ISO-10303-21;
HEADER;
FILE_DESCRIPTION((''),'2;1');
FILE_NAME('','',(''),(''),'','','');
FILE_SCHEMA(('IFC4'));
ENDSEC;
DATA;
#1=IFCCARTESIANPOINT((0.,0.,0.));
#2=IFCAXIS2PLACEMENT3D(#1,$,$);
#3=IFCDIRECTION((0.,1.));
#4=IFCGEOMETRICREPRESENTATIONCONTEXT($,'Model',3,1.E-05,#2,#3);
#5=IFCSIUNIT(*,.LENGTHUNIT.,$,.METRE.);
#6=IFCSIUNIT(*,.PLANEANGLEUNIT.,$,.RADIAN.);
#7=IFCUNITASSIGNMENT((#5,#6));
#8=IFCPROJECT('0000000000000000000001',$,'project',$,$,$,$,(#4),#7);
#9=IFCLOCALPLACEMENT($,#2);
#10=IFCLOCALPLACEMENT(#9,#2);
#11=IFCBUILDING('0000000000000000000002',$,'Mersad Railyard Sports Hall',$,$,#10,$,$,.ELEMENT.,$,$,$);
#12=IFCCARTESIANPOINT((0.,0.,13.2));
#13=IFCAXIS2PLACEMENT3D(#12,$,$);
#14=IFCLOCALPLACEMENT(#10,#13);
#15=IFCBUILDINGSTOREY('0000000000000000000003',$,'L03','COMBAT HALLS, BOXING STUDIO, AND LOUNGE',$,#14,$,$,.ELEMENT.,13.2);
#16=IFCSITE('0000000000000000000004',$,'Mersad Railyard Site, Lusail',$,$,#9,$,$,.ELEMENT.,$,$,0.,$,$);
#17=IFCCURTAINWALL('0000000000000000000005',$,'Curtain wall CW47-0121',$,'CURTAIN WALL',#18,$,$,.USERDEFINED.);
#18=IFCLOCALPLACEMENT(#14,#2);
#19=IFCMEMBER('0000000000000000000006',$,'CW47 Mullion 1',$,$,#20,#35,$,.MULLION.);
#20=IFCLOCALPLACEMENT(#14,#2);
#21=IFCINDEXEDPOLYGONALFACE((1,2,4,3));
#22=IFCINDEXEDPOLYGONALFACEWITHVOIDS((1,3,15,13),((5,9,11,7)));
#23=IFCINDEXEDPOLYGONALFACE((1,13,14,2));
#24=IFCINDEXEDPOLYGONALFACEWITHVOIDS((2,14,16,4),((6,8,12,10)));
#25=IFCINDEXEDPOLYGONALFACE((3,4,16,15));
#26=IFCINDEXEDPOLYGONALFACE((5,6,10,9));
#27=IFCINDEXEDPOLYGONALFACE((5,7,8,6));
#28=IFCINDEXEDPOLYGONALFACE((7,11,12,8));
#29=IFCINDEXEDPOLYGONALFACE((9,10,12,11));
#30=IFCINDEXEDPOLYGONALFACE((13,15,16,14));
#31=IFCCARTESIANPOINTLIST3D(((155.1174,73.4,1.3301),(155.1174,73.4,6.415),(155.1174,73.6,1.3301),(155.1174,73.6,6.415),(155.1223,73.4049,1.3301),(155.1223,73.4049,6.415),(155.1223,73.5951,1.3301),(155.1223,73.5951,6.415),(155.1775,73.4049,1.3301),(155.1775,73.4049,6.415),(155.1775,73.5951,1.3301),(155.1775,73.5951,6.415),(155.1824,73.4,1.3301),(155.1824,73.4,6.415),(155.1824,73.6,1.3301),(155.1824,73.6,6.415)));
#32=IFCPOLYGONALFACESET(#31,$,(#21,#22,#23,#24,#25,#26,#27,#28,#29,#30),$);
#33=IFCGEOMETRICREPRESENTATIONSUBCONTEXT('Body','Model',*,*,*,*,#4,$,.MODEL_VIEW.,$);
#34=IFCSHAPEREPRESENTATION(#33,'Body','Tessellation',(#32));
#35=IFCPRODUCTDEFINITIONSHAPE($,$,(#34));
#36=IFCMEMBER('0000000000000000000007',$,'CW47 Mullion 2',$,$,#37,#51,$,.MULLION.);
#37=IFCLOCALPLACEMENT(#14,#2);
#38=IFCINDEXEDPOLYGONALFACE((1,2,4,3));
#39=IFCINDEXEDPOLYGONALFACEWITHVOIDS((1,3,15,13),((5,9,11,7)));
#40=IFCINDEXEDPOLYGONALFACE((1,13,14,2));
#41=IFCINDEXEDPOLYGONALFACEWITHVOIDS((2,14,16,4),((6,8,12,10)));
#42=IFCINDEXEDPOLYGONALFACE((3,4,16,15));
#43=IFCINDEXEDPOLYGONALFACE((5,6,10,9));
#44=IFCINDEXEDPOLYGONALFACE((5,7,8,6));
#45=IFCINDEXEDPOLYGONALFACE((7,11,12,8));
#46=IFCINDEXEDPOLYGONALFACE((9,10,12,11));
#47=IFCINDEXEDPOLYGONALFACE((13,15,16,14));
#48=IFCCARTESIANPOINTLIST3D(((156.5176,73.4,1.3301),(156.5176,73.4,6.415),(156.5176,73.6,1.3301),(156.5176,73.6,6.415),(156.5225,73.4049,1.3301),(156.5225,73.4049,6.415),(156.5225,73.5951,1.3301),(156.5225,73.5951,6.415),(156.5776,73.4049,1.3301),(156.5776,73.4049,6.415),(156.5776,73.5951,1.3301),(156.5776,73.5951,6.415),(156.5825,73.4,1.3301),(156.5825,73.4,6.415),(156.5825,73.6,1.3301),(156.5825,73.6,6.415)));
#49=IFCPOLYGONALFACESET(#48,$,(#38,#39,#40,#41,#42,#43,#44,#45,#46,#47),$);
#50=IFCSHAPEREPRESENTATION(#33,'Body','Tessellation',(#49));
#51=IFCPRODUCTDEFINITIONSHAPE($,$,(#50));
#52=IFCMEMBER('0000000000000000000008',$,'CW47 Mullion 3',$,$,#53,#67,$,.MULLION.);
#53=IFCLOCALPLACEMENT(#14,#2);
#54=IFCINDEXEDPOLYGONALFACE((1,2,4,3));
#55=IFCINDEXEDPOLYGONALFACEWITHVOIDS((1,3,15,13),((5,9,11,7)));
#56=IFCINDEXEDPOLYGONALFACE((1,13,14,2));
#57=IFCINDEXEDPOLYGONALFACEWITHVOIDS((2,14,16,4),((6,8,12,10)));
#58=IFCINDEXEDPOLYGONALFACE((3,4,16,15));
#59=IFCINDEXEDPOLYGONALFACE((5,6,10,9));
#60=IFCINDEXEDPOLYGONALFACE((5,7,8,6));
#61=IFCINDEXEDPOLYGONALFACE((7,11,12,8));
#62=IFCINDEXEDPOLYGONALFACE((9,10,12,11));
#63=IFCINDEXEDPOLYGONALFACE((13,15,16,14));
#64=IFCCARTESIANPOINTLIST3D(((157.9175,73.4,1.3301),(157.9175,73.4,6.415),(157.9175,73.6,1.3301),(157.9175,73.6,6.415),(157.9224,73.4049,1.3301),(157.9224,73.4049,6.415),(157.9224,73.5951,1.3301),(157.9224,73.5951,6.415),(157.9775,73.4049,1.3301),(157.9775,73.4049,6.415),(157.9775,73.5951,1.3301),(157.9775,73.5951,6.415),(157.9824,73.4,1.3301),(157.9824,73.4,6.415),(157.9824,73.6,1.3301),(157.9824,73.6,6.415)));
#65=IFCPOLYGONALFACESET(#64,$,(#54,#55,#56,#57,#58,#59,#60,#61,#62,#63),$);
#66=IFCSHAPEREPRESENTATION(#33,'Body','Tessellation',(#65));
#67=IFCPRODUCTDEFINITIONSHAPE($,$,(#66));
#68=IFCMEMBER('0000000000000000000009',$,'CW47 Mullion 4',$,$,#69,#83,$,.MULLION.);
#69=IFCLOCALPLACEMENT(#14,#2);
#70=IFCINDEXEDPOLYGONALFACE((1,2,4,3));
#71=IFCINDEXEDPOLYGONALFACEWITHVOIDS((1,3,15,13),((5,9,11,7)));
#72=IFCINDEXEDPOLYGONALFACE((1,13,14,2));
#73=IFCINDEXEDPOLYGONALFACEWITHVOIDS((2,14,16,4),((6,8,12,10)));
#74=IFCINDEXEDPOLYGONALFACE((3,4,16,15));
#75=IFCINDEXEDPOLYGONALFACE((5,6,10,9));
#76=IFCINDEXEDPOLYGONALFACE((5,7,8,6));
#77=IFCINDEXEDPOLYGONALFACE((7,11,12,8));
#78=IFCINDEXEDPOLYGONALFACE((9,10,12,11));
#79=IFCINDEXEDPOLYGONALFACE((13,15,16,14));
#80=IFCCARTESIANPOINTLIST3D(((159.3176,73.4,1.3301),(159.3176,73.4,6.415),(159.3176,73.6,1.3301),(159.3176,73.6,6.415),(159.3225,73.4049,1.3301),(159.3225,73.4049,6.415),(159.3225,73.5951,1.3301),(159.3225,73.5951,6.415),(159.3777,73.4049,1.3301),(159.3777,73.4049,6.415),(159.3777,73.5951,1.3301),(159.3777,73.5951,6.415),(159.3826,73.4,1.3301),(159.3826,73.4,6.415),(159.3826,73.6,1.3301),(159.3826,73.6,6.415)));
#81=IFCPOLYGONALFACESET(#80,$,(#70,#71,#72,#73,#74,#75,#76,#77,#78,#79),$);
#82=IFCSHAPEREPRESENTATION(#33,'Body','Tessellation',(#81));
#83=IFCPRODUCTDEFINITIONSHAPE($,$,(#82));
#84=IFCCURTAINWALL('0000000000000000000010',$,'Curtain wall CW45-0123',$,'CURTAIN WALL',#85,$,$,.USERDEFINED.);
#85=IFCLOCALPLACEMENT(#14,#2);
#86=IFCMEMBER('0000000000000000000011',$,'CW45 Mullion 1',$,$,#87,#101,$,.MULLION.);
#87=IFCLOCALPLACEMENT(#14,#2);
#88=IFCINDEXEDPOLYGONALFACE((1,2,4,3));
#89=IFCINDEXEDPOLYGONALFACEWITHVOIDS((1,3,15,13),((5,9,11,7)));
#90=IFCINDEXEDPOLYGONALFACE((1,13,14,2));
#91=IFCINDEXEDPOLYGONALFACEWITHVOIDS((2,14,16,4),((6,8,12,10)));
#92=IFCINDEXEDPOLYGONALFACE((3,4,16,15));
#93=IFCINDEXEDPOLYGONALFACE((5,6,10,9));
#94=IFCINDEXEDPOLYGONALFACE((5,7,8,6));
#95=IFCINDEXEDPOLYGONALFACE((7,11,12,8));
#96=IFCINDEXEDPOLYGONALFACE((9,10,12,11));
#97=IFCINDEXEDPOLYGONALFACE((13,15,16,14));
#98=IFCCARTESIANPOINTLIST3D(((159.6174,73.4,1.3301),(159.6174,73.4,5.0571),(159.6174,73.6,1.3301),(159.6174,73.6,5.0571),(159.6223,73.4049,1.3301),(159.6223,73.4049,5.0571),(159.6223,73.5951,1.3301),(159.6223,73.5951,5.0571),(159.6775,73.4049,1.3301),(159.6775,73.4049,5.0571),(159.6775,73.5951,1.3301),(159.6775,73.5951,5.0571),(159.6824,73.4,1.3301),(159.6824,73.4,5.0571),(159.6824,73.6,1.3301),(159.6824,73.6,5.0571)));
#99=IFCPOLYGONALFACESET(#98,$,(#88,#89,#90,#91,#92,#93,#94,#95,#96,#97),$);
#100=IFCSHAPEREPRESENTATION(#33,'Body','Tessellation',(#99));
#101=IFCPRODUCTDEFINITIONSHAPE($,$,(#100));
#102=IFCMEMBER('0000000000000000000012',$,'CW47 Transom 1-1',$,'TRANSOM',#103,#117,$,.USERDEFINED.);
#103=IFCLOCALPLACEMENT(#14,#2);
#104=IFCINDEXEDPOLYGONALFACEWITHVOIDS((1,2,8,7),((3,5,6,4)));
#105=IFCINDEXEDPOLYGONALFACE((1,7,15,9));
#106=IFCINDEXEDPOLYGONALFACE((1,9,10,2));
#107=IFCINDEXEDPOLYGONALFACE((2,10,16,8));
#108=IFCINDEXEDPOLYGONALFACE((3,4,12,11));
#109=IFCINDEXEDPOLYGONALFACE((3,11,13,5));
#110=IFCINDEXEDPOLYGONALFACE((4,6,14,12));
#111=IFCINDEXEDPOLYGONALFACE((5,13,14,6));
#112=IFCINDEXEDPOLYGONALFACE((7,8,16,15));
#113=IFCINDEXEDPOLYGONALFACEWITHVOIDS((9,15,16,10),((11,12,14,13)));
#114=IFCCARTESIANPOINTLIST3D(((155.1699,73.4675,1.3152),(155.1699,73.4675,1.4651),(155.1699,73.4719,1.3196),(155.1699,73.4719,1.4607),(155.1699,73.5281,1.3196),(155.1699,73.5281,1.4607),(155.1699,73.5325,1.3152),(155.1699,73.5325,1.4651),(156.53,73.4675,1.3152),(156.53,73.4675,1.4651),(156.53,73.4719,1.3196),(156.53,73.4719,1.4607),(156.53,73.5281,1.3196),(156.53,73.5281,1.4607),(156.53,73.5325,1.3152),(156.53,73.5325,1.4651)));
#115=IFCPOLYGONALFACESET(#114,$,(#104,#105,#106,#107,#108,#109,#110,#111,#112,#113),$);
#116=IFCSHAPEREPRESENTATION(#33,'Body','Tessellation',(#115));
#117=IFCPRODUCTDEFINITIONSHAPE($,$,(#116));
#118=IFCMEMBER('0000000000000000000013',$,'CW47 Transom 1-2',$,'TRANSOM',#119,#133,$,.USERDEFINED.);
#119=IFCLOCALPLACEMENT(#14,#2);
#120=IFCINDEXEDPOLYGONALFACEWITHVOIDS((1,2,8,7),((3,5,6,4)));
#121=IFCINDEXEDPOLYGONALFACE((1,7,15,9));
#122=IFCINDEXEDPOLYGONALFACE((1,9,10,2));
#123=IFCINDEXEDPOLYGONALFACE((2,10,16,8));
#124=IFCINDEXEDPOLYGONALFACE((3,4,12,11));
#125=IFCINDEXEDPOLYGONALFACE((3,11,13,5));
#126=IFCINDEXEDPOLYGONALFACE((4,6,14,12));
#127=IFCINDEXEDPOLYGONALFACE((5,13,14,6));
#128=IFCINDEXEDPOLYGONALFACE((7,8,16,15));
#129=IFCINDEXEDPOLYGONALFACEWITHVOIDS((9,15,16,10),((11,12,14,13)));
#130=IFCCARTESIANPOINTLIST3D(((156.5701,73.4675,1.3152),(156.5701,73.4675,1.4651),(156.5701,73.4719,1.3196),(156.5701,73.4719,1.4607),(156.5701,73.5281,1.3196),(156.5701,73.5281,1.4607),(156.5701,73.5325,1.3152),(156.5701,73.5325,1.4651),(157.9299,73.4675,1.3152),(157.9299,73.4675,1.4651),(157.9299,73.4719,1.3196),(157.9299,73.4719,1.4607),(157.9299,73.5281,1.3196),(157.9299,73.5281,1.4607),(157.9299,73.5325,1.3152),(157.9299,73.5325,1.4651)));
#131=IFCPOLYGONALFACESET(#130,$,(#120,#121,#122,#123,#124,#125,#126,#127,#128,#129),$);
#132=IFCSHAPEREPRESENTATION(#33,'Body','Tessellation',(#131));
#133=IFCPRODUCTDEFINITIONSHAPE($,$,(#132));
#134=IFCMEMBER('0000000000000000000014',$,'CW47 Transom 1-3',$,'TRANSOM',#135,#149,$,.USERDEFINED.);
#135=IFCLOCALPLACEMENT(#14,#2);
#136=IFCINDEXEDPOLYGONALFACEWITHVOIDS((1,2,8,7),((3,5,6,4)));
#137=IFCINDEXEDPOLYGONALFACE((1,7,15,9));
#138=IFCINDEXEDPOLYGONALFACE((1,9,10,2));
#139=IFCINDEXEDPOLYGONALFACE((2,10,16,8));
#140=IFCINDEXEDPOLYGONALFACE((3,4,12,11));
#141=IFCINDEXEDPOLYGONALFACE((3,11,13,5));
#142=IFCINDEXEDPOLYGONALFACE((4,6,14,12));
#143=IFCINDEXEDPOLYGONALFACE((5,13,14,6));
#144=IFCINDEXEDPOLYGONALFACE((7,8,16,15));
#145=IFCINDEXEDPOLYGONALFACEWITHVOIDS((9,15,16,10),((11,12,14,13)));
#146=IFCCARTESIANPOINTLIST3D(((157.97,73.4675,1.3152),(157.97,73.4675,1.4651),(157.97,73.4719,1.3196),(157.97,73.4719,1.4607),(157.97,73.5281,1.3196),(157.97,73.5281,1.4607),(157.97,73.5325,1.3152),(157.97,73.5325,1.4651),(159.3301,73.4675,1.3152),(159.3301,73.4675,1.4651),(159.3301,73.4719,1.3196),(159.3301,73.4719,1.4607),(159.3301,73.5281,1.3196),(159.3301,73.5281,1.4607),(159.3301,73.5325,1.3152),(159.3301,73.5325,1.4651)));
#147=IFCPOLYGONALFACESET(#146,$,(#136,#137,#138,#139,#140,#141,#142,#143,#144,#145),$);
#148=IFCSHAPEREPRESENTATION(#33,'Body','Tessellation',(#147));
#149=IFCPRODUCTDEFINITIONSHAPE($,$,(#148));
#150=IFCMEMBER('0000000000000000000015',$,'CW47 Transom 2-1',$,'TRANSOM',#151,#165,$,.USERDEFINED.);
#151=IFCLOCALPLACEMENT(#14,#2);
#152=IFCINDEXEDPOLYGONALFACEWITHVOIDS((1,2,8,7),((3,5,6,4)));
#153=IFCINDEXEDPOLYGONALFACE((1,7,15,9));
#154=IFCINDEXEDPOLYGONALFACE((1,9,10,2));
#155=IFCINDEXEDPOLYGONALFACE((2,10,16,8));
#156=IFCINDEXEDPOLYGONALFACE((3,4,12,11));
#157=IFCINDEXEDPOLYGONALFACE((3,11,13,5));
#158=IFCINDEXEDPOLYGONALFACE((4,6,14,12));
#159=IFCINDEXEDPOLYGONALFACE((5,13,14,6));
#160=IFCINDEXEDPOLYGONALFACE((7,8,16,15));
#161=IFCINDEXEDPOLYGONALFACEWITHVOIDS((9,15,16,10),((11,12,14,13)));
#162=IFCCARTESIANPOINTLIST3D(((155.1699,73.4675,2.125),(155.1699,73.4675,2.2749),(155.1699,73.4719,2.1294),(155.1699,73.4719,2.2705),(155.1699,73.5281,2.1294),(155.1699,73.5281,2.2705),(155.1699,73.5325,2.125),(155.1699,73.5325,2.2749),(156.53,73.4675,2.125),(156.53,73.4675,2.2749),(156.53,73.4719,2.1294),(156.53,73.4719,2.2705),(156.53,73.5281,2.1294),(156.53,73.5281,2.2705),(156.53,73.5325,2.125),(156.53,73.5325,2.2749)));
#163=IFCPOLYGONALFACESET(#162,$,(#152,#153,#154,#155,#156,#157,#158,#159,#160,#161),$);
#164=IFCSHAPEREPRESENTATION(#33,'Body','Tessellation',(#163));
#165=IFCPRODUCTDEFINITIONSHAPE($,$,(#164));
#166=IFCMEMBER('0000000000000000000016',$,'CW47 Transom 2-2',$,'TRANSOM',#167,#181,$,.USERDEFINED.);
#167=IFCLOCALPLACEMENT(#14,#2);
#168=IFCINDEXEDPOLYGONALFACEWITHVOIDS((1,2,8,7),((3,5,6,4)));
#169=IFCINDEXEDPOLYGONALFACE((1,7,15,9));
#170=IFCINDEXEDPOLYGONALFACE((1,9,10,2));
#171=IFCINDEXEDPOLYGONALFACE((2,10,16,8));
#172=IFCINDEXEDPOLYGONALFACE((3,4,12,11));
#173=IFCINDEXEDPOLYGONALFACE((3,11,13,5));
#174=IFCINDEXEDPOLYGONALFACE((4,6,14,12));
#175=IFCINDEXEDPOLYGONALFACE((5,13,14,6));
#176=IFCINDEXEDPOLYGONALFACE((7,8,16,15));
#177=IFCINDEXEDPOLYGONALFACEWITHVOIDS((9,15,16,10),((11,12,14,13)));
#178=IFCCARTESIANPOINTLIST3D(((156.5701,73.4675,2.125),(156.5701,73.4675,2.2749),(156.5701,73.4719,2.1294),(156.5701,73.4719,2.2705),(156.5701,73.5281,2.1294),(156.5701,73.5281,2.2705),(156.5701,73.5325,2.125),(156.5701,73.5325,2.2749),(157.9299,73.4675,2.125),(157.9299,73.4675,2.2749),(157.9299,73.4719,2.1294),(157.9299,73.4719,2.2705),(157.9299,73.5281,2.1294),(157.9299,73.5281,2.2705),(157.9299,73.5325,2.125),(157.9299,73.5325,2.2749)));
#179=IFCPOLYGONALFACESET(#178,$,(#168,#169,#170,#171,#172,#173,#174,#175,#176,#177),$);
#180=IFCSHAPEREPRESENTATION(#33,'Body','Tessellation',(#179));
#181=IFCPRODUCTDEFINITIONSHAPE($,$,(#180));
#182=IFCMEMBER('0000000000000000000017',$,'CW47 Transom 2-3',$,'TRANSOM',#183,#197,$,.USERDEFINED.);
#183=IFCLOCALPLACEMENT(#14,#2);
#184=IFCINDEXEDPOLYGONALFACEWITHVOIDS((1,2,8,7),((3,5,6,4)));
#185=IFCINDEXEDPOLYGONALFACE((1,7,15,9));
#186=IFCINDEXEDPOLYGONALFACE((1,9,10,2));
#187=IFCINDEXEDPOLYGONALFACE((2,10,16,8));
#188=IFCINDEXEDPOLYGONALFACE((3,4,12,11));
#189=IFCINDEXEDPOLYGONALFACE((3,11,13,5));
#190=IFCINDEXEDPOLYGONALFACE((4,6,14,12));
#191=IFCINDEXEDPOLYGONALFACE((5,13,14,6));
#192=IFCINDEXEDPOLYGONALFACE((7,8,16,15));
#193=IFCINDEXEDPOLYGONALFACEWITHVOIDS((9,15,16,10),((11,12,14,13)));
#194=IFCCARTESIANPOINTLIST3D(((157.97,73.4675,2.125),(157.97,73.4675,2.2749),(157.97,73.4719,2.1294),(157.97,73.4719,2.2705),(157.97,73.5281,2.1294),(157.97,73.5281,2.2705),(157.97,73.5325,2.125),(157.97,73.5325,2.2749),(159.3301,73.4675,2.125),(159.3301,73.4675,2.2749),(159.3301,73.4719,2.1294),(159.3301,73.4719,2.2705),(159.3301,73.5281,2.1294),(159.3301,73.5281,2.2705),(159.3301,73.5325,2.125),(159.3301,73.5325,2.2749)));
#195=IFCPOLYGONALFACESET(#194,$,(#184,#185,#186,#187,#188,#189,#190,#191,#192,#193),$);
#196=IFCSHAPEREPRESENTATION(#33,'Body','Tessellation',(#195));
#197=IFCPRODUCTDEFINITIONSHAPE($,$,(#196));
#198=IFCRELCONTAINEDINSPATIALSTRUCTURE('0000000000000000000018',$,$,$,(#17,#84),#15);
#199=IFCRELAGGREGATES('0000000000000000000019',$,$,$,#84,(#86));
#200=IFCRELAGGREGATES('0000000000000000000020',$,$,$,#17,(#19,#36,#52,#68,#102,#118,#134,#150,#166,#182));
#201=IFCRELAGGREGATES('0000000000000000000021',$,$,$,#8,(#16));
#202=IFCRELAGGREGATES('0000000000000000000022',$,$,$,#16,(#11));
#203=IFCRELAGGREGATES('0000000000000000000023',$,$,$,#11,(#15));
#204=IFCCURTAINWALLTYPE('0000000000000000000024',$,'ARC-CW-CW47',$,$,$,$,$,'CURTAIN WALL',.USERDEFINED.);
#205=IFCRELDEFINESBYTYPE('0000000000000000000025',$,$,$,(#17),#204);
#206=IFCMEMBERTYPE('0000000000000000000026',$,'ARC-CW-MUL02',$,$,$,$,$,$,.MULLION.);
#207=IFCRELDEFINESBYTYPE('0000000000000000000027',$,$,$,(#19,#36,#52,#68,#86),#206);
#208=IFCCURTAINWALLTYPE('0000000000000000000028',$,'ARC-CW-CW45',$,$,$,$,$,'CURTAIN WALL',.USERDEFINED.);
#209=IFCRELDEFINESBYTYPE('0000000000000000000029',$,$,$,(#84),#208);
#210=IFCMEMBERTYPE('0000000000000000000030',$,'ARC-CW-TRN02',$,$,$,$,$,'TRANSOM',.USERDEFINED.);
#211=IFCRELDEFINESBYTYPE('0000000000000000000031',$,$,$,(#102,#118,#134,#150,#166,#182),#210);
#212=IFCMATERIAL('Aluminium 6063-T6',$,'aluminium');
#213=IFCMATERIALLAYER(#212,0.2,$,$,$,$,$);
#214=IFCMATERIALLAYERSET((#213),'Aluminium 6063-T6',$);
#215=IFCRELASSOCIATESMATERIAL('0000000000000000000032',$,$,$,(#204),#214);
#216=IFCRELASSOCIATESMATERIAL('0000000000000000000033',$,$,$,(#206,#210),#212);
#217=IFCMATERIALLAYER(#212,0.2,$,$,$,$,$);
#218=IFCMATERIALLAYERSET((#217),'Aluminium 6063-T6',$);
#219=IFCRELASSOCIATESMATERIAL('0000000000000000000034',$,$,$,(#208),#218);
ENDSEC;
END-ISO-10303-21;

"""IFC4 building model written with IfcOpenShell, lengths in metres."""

from ifc_helpers import new_model, si_unit, direction, frame, origin, origin_2d, place, context, subcontext, project, spatial, hollow_rectangle, extrude, material, layer, layer_set, material_profile, profile_set, type_object, element, aggregate, save


model = new_model("IFC4")

# Units and contexts
model_context = context("Model", 3, precision=1e-05, world=origin(), true_north=direction((0.0, 1.0)))
body_context = subcontext(model_context, "Body", "Model", "MODEL_VIEW")
ifc_project = project(units=[si_unit("LENGTHUNIT", "METRE"), si_unit("PLANEANGLEUNIT", "RADIAN")], contexts=[model_context])

# Site, building, storey
site_placement = place(None, origin())
site = spatial("IfcSite", under=ifc_project, at=site_placement, Name="Mersad Railyard Site, Lusail", CompositionType="ELEMENT", RefElevation=0.0)
building_placement = place(site_placement, origin())
building = spatial("IfcBuilding", under=site, at=building_placement, Name="Mersad Railyard Sports Hall", CompositionType="ELEMENT")
storey_placement = place(building_placement, frame((0.0, 0.0, 13.2)))
storey = spatial("IfcBuildingStorey", under=building, at=storey_placement, Name="L03", Description="COMBAT HALLS, BOXING STUDIO, AND LOUNGE", CompositionType="ELEMENT", Elevation=13.2)

# Curtain wall, members
ifc_material_1 = material(Name="Aluminium 6063-T6", Category="aluminium")
ifc_layer_1 = layer(ifc_material_1, 0.2)
ifc_layer_set_1 = layer_set([ifc_layer_1], Name="Aluminium 6063-T6")
curtain_wall_type_1 = type_object("IfcCurtainWallType", Name="ARC-CW-CW47", ElementType="CURTAIN WALL", PredefinedType="USERDEFINED", material=ifc_layer_set_1)
curtain_wall_1_placement = place(storey_placement, origin())
curtain_wall_1 = element("IfcCurtainWall", 1, at=curtain_wall_1_placement, inside=storey, type_object=curtain_wall_type_1, Name="Curtain wall CW47-0121", ObjectType="CURTAIN WALL", PredefinedType="USERDEFINED")
ifc_material_profile_1 = material_profile(ifc_material_1, hollow_rectangle(XDim=0.0649, YDim=0.2, WallThickness=0.0049, at=origin_2d()), Name="AL MULLION 65x200x5")
ifc_profile_set_1 = profile_set([ifc_material_profile_1], Name="Aluminium 6063-T6")
member_type_1 = type_object("IfcMemberType", Name="ARC-CW-MUL02", PredefinedType="MULLION", material=ifc_profile_set_1)
member_1_placement = place(storey_placement, frame((155.1499, 73.5, 1.3301), z_axis=(0.0, 0.0, 1.0), x_axis=(1.0, 0.0, 0.0)))
member_1 = element("IfcMember", 2, at=member_1_placement, type_object=member_type_1, Name="CW47 Mullion 1", PredefinedType="MULLION", context=body_context, shape_type="SweptSolid", body=[
    extrude(hollow_rectangle(XDim=0.0649, YDim=0.2, WallThickness=0.0049, at=origin_2d()), origin(), (0.0, 0.0, 1.0), 5.085),
])
member_2_placement = place(storey_placement, frame((156.55, 73.5, 1.3301), z_axis=(0.0, 0.0, 1.0), x_axis=(1.0, 0.0, 0.0)))
member_2 = element("IfcMember", 3, at=member_2_placement, type_object=member_type_1, Name="CW47 Mullion 2", PredefinedType="MULLION", context=body_context, shape_type="SweptSolid", body=[
    extrude(hollow_rectangle(XDim=0.0649, YDim=0.2, WallThickness=0.0049, at=origin_2d()), origin(), (0.0, 0.0, 1.0), 5.085),
])
member_3_placement = place(storey_placement, frame((157.95, 73.5, 1.3301), z_axis=(0.0, 0.0, 1.0), x_axis=(1.0, 0.0, 0.0)))
member_3 = element("IfcMember", 4, at=member_3_placement, type_object=member_type_1, Name="CW47 Mullion 3", PredefinedType="MULLION", context=body_context, shape_type="SweptSolid", body=[
    extrude(hollow_rectangle(XDim=0.0649, YDim=0.2, WallThickness=0.0049, at=origin_2d()), origin(), (0.0, 0.0, 1.0), 5.085),
])
member_4_placement = place(storey_placement, frame((159.3501, 73.5, 1.3301), z_axis=(0.0, 0.0, 1.0), x_axis=(1.0, 0.0, 0.0)))
member_4 = element("IfcMember", 5, at=member_4_placement, type_object=member_type_1, Name="CW47 Mullion 4", PredefinedType="MULLION", context=body_context, shape_type="SweptSolid", body=[
    extrude(hollow_rectangle(XDim=0.0649, YDim=0.2, WallThickness=0.0049, at=origin_2d()), origin(), (0.0, 0.0, 1.0), 5.085),
])

# Curtain wall, member
ifc_layer_2 = layer(ifc_material_1, 0.2)
ifc_layer_set_2 = layer_set([ifc_layer_2], Name="Aluminium 6063-T6")
curtain_wall_type_2 = type_object("IfcCurtainWallType", Name="ARC-CW-CW45", ElementType="CURTAIN WALL", PredefinedType="USERDEFINED", material=ifc_layer_set_2)
curtain_wall_2_placement = place(storey_placement, origin())
curtain_wall_2 = element("IfcCurtainWall", 6, at=curtain_wall_2_placement, inside=storey, type_object=curtain_wall_type_2, Name="Curtain wall CW45-0123", ObjectType="CURTAIN WALL", PredefinedType="USERDEFINED")
member_5_placement = place(storey_placement, frame((159.6499, 73.5, 1.3301), z_axis=(0.0, 0.0, 1.0), x_axis=(1.0, 0.0, 0.0)))
member_5 = element("IfcMember", 7, at=member_5_placement, type_object=member_type_1, Name="CW45 Mullion 1", PredefinedType="MULLION", context=body_context, shape_type="SweptSolid", body=[
    extrude(hollow_rectangle(XDim=0.0649, YDim=0.2, WallThickness=0.0049, at=origin_2d()), origin(), (0.0, 0.0, 1.0), 3.7271),
])

# Members
ifc_material_profile_2 = material_profile(ifc_material_1, hollow_rectangle(XDim=0.0649, YDim=0.1499, WallThickness=0.0044, at=origin_2d()), Name="AL TRANSOM 65x150x4.5")
ifc_profile_set_2 = profile_set([ifc_material_profile_2], Name="Aluminium 6063-T6")
member_type_2 = type_object("IfcMemberType", Name="ARC-CW-TRN02", ElementType="TRANSOM", PredefinedType="USERDEFINED", material=ifc_profile_set_2)
member_6_placement = place(storey_placement, frame((155.1699, 73.5, 1.3901), z_axis=(1.0, 0.0, 0.0), x_axis=(0.0, 1.0, 0.0)))
member_6 = element("IfcMember", 8, at=member_6_placement, type_object=member_type_2, Name="CW47 Transom 1-1", ObjectType="TRANSOM", PredefinedType="USERDEFINED", context=body_context, shape_type="SweptSolid", body=[
    extrude(hollow_rectangle(XDim=0.0649, YDim=0.1499, WallThickness=0.0044, at=origin_2d()), origin(), (0.0, 0.0, 1.0), 1.3601),
])
member_7_placement = place(storey_placement, frame((156.5701, 73.5, 1.3901), z_axis=(1.0, 0.0, 0.0), x_axis=(0.0, 1.0, 0.0)))
member_7 = element("IfcMember", 9, at=member_7_placement, type_object=member_type_2, Name="CW47 Transom 1-2", ObjectType="TRANSOM", PredefinedType="USERDEFINED", context=body_context, shape_type="SweptSolid", body=[
    extrude(hollow_rectangle(XDim=0.0649, YDim=0.1499, WallThickness=0.0044, at=origin_2d()), origin(), (0.0, 0.0, 1.0), 1.3599),
])
member_8_placement = place(storey_placement, frame((157.97, 73.5, 1.3901), z_axis=(1.0, 0.0, 0.0), x_axis=(0.0, 1.0, 0.0)))
member_8 = element("IfcMember", 10, at=member_8_placement, type_object=member_type_2, Name="CW47 Transom 1-3", ObjectType="TRANSOM", PredefinedType="USERDEFINED", context=body_context, shape_type="SweptSolid", body=[
    extrude(hollow_rectangle(XDim=0.0649, YDim=0.1499, WallThickness=0.0044, at=origin_2d()), origin(), (0.0, 0.0, 1.0), 1.3601),
])
member_9_placement = place(storey_placement, frame((155.1699, 73.5, 2.2), z_axis=(1.0, 0.0, 0.0), x_axis=(0.0, 1.0, 0.0)))
member_9 = element("IfcMember", 11, at=member_9_placement, type_object=member_type_2, Name="CW47 Transom 2-1", ObjectType="TRANSOM", PredefinedType="USERDEFINED", context=body_context, shape_type="SweptSolid", body=[
    extrude(hollow_rectangle(XDim=0.0649, YDim=0.1499, WallThickness=0.0044, at=origin_2d()), origin(), (0.0, 0.0, 1.0), 1.3601),
])
member_10_placement = place(storey_placement, frame((156.5701, 73.5, 2.2), z_axis=(1.0, 0.0, 0.0), x_axis=(0.0, 1.0, 0.0)))
member_10 = element("IfcMember", 12, at=member_10_placement, type_object=member_type_2, Name="CW47 Transom 2-2", ObjectType="TRANSOM", PredefinedType="USERDEFINED", context=body_context, shape_type="SweptSolid", body=[
    extrude(hollow_rectangle(XDim=0.0649, YDim=0.1499, WallThickness=0.0044, at=origin_2d()), origin(), (0.0, 0.0, 1.0), 1.3599),
])
member_11_placement = place(storey_placement, frame((157.97, 73.5, 2.2), z_axis=(1.0, 0.0, 0.0), x_axis=(0.0, 1.0, 0.0)))
member_11 = element("IfcMember", 13, at=member_11_placement, type_object=member_type_2, Name="CW47 Transom 2-3", ObjectType="TRANSOM", PredefinedType="USERDEFINED", context=body_context, shape_type="SweptSolid", body=[
    extrude(hollow_rectangle(XDim=0.0649, YDim=0.1499, WallThickness=0.0044, at=origin_2d()), origin(), (0.0, 0.0, 1.0), 1.3601),
])
aggregate(curtain_wall_2, [member_5])

aggregate(curtain_wall_1, [member_1, member_2, member_3, member_4, member_6, member_7, member_8, member_9, member_10, member_11])

save(model, "model.ifc")
